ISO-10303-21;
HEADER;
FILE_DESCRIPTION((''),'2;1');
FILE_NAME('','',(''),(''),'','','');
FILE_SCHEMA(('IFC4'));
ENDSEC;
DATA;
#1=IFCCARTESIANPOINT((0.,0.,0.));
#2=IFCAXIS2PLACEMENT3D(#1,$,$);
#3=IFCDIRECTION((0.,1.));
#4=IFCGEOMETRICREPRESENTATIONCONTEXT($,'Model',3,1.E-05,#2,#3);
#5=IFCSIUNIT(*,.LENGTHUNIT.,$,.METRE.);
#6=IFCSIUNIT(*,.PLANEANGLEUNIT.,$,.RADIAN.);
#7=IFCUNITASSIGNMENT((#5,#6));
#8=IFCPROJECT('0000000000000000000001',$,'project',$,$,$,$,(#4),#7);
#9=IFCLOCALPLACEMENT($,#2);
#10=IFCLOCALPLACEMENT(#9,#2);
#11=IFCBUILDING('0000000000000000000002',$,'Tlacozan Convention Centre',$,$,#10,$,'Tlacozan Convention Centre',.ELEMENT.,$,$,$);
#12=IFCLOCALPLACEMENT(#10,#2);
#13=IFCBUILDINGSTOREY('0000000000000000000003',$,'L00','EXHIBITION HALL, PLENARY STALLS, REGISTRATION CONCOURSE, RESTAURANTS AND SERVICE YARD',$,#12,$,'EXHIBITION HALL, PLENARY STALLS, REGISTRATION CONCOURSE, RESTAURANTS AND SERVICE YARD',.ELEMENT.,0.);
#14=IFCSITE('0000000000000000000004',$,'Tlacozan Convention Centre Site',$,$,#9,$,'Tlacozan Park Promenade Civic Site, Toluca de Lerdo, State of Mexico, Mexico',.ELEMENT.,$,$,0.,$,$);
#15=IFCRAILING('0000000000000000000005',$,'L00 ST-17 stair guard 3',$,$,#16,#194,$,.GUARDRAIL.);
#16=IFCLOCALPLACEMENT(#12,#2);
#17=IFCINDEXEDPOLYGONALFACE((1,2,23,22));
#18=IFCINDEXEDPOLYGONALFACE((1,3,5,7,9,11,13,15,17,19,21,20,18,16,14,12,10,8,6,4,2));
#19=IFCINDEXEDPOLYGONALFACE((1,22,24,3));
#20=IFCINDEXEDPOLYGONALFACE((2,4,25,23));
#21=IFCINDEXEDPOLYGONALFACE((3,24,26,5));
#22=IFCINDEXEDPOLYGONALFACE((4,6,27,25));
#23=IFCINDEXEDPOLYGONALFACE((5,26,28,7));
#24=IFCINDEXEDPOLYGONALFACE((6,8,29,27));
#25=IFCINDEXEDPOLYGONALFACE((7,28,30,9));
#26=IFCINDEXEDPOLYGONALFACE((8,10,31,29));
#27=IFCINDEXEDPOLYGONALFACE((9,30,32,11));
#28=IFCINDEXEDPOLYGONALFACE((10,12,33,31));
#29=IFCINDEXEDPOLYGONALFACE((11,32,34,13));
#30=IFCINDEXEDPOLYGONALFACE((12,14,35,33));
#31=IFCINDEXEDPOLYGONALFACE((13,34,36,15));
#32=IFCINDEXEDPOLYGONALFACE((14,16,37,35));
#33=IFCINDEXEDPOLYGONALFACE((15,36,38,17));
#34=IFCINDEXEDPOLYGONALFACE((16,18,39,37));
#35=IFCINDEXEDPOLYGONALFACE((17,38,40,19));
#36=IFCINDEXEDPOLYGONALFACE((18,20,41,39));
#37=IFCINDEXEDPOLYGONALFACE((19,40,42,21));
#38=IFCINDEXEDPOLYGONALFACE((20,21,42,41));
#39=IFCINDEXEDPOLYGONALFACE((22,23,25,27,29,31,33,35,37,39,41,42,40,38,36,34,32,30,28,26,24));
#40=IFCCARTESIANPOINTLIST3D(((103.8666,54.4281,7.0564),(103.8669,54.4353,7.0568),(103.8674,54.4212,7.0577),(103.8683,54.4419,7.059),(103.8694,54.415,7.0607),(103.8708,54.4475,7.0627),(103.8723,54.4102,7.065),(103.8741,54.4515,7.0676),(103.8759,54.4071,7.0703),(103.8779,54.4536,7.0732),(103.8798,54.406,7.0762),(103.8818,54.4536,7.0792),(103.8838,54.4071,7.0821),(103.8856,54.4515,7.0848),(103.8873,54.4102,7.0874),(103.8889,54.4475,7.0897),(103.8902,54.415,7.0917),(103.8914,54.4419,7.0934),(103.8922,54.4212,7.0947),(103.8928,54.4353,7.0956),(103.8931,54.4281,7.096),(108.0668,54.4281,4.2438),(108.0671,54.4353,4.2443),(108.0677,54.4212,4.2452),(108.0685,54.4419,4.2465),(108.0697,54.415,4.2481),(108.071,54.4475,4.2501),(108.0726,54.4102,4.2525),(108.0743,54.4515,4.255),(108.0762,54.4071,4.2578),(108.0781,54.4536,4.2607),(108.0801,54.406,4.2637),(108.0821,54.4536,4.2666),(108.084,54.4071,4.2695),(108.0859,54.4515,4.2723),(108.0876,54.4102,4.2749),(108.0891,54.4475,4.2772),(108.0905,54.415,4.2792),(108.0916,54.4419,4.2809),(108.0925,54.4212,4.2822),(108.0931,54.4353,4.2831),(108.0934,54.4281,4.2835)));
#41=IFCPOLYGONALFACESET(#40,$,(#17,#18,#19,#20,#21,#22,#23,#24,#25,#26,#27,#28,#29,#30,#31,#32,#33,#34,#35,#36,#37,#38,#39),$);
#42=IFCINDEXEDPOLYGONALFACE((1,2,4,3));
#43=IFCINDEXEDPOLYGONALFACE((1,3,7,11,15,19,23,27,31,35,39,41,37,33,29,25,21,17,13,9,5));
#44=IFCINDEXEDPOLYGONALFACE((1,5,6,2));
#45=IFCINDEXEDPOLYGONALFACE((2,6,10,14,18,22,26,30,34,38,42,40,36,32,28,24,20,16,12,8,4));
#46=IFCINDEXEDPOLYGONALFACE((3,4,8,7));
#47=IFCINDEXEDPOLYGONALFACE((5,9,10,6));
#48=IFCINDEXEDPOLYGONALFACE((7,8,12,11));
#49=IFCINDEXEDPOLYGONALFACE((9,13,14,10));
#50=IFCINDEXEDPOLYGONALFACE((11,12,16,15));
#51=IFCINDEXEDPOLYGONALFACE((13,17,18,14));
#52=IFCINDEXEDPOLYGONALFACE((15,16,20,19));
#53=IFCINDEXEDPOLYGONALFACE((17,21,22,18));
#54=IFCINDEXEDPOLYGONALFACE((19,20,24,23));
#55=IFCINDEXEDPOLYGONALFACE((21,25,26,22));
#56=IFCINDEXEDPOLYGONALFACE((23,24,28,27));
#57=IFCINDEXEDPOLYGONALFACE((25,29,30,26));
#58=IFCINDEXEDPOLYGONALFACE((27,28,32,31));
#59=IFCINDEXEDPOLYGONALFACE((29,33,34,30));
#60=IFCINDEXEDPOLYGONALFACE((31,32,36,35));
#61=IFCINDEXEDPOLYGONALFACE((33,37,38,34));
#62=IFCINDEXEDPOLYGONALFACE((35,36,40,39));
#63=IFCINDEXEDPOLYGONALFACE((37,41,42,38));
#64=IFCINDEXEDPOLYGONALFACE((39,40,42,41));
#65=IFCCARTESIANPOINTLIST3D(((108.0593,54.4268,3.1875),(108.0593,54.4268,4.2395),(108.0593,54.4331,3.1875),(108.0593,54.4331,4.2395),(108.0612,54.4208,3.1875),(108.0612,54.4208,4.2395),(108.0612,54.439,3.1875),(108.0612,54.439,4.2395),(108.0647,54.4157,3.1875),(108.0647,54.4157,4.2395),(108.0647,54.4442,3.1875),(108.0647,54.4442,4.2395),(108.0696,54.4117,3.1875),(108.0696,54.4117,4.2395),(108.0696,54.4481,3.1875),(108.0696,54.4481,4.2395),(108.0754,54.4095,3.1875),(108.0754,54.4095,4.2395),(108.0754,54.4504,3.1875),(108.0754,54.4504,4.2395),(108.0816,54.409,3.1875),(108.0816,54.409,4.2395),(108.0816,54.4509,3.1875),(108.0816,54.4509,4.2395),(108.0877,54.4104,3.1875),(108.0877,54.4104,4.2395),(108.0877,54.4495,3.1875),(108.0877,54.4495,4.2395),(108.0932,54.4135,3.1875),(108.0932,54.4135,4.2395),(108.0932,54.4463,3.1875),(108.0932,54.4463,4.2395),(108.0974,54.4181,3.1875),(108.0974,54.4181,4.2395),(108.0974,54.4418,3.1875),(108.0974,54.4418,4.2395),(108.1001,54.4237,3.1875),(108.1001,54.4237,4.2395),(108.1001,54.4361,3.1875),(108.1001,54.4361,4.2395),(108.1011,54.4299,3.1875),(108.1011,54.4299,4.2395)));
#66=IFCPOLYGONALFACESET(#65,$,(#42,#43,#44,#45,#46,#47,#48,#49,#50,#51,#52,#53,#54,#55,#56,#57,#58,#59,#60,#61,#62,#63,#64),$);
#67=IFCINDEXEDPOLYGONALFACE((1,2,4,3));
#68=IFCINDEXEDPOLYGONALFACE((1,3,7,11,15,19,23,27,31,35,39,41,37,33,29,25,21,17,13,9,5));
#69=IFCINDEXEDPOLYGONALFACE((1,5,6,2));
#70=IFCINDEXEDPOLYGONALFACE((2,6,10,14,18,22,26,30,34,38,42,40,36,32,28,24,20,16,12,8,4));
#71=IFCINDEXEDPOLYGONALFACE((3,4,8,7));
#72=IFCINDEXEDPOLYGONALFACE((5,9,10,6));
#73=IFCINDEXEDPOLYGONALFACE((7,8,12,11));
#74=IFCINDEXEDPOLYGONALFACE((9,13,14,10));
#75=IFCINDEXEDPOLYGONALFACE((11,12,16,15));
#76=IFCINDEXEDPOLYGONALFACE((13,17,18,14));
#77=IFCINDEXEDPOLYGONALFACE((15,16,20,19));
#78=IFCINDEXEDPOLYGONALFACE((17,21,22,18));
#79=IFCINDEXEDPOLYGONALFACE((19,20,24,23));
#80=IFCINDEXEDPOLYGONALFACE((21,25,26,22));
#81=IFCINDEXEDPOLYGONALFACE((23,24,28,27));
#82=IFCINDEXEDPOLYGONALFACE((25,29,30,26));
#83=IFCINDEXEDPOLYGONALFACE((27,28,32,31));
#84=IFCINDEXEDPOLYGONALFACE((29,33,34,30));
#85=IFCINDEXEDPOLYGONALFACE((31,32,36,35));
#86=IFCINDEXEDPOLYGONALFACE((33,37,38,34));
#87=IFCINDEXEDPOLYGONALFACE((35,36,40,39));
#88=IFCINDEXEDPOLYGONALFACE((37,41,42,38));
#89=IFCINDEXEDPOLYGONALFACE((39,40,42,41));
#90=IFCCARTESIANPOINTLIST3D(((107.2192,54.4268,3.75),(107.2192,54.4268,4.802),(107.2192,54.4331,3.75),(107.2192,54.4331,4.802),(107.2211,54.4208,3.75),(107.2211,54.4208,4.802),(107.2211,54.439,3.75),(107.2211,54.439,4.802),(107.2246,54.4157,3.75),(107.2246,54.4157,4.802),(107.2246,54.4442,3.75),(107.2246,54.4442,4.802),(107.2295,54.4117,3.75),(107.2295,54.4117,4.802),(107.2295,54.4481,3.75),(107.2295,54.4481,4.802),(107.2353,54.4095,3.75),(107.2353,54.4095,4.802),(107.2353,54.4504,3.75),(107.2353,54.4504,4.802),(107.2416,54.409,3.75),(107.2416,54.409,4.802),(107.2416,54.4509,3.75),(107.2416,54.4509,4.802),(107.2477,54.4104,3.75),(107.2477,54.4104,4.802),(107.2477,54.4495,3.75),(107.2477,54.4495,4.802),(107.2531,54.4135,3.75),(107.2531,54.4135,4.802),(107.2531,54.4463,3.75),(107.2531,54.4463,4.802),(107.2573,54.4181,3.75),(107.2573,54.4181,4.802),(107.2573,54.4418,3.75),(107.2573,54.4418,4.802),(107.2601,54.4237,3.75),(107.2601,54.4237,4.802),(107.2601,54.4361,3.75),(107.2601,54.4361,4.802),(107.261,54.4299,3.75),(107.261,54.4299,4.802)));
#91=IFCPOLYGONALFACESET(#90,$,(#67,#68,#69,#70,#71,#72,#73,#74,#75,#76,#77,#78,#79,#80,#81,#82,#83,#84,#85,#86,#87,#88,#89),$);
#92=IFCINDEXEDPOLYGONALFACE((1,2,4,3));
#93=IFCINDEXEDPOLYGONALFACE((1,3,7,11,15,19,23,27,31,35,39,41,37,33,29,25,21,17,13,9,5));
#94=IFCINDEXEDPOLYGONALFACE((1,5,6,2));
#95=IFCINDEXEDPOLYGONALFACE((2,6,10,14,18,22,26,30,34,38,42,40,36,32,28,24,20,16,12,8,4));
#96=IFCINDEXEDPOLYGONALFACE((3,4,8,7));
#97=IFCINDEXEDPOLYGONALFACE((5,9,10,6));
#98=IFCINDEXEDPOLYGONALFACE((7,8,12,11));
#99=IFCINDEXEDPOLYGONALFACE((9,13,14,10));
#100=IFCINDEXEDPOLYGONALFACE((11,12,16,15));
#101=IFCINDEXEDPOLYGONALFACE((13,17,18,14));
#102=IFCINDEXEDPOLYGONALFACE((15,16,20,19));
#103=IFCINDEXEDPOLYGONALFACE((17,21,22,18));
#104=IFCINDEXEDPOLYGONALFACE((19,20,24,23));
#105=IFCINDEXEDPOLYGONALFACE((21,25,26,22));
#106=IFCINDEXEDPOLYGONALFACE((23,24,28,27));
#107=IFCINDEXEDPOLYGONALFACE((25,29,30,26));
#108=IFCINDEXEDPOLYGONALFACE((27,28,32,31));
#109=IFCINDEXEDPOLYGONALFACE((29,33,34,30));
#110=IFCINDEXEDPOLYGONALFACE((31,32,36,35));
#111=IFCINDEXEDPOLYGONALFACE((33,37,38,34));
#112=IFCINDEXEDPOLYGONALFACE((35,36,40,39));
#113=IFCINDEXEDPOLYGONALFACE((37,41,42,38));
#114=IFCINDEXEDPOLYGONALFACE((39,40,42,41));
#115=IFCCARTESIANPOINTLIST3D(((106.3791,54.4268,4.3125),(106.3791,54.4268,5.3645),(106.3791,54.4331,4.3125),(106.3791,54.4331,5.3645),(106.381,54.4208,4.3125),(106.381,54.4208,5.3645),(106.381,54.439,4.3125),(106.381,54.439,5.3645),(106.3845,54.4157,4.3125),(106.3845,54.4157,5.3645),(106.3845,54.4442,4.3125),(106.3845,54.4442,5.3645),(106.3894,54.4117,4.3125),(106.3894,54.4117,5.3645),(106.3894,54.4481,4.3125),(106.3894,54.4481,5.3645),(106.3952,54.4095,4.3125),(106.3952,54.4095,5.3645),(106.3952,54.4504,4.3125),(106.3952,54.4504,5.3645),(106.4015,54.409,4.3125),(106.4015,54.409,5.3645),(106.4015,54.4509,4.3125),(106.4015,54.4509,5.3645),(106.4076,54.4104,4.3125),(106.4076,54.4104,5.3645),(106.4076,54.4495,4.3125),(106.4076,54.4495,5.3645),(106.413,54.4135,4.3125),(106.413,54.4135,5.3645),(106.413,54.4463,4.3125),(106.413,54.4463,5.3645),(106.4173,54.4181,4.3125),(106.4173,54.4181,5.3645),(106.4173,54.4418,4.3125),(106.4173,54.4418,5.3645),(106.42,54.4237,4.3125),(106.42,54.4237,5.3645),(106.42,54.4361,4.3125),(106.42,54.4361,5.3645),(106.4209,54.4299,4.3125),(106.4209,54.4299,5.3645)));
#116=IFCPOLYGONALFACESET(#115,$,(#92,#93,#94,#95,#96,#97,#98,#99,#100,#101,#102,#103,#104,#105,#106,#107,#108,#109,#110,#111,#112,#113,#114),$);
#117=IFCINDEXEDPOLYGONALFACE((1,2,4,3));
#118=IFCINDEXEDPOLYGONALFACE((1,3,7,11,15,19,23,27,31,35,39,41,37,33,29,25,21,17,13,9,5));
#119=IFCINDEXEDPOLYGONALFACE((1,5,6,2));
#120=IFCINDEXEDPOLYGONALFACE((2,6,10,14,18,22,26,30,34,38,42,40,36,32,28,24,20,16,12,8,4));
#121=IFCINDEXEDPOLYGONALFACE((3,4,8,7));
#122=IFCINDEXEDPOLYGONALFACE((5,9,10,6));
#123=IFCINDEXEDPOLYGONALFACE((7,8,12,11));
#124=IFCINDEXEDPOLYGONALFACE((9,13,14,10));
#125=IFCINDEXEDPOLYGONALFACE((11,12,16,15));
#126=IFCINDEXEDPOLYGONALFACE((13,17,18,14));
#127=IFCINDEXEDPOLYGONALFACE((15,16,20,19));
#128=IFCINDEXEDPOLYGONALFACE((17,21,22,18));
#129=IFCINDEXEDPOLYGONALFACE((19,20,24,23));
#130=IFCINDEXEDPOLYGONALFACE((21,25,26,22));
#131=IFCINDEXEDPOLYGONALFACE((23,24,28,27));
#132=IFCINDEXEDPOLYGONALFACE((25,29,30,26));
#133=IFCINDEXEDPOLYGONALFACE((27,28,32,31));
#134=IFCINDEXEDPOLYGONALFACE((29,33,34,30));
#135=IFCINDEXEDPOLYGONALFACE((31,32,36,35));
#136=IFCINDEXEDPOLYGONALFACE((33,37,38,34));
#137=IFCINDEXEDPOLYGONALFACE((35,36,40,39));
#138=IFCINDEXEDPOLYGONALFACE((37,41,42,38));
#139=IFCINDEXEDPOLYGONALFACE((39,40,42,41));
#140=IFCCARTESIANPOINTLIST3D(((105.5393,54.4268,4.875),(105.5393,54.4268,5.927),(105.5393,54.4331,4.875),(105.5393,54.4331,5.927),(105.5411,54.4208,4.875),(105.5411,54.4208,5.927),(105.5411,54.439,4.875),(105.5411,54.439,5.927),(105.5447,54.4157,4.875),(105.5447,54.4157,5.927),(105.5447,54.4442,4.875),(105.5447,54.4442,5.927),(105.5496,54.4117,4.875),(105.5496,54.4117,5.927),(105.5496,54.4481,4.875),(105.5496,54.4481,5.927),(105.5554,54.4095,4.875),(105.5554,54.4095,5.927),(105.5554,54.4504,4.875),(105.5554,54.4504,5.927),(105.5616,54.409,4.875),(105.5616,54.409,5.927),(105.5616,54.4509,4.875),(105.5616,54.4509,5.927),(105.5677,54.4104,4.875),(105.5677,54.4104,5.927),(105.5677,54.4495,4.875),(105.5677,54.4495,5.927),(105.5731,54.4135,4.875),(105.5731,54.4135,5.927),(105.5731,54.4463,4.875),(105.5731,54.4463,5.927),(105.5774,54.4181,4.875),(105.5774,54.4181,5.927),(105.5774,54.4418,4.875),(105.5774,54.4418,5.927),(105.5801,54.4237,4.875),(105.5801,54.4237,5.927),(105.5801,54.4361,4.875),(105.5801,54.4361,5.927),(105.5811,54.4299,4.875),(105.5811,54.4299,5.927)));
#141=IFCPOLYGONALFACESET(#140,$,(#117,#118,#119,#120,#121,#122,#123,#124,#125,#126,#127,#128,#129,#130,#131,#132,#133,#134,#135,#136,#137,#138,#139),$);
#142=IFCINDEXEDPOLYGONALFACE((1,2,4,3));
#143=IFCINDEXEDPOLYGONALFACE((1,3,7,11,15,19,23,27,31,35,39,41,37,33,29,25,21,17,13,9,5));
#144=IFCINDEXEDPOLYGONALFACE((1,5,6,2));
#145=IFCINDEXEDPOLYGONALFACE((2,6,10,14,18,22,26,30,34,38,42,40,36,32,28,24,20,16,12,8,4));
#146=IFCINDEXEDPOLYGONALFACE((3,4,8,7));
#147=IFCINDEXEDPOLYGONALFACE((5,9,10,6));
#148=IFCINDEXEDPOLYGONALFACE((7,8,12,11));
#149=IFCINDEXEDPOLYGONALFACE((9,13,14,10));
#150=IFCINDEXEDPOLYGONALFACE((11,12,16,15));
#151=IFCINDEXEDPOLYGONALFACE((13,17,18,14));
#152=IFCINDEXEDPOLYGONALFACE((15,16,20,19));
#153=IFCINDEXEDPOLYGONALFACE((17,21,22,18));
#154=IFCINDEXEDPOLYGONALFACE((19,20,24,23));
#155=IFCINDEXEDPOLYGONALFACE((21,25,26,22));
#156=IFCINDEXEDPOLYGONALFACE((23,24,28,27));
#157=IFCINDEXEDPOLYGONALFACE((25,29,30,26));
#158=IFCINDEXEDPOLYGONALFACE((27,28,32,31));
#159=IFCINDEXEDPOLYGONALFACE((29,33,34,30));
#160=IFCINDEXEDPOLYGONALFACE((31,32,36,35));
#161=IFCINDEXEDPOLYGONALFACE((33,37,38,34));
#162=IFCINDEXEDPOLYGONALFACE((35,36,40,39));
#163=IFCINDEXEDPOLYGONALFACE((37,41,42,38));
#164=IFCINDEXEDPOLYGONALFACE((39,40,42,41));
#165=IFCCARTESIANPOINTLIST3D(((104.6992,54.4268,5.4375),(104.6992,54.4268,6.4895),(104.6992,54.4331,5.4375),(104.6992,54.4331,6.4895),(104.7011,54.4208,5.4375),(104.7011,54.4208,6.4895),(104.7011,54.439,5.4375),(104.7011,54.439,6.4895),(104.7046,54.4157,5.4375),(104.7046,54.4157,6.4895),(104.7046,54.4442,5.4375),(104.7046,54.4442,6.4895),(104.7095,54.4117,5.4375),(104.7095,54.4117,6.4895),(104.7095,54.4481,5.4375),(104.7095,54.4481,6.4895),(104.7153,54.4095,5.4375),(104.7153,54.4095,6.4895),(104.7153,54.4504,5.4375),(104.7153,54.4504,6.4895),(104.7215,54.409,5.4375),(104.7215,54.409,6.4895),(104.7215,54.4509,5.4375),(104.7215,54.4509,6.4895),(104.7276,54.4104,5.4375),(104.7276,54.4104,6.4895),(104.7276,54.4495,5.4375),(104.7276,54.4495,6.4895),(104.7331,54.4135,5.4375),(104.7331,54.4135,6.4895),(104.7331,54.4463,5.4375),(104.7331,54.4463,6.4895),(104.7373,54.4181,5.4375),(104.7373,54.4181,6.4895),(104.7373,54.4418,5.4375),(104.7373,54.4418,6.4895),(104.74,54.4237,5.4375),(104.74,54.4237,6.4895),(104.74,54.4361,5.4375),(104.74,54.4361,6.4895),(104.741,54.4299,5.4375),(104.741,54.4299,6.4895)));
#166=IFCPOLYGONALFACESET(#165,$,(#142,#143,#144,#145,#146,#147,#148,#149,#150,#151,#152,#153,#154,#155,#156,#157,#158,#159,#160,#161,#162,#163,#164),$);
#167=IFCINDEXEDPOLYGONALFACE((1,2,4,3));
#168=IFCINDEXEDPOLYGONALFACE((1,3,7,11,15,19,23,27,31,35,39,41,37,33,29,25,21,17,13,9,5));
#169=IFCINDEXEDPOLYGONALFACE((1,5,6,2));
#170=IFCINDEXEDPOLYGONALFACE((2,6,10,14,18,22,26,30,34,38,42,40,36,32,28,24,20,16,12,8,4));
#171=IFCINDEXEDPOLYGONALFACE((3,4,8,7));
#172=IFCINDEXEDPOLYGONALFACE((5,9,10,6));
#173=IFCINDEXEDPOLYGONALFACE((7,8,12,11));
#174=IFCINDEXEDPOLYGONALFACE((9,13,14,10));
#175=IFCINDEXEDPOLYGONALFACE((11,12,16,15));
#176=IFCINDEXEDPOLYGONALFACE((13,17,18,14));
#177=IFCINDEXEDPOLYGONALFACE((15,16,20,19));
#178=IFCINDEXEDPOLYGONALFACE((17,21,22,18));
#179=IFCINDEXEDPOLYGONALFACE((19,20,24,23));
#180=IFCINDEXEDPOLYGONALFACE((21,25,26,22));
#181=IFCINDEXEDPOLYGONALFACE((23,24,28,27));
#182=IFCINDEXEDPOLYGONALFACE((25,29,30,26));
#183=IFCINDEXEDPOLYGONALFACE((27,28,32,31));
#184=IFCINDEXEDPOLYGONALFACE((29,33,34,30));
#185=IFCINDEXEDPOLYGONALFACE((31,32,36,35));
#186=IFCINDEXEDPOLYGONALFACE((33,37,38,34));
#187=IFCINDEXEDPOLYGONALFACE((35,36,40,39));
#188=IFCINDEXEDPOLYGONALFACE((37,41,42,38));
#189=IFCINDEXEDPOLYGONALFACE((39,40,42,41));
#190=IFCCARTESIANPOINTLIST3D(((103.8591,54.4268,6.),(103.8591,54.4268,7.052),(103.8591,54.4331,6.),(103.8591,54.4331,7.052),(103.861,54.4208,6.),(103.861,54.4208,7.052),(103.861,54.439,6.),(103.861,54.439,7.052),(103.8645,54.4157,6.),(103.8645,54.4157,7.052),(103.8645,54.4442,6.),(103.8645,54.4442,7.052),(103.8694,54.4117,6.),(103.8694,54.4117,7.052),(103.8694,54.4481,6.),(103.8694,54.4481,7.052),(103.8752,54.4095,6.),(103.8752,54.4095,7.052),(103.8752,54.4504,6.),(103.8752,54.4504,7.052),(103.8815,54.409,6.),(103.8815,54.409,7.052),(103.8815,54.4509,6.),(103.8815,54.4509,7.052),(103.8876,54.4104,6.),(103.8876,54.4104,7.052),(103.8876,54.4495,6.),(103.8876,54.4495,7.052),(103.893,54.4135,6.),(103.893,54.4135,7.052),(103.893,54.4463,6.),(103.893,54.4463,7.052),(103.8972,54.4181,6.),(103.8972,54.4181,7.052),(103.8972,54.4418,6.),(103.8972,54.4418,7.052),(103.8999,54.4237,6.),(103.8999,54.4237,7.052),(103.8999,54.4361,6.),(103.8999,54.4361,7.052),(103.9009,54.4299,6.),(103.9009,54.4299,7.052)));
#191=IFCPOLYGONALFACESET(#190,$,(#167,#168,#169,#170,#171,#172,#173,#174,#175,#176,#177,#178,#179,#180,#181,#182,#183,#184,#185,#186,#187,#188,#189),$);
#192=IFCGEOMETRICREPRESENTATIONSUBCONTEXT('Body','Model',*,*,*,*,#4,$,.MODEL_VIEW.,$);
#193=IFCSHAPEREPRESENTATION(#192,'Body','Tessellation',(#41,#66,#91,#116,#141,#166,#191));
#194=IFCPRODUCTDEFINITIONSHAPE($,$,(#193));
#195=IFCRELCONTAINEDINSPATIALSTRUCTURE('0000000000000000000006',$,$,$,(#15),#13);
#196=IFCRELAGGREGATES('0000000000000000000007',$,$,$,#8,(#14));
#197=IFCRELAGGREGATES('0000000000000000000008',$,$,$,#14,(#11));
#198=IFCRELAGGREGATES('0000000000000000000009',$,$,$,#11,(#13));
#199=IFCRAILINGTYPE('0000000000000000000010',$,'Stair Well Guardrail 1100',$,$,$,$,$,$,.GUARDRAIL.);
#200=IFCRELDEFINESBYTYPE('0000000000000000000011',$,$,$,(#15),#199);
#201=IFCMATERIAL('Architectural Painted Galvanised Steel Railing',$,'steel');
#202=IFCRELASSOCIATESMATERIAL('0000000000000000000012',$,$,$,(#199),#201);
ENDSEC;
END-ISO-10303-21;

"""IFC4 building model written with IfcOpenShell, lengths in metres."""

from ifc_helpers import new_model, si_unit, direction, frame, origin, origin_2d, place, context, subcontext, project, spatial, circle, extrude, material, type_object, element, save


model = new_model("IFC4")

# Units and contexts
model_context = context("Model", 3, precision=1e-05, world=origin(), true_north=direction((0.0, 1.0)))
body_context = subcontext(model_context, "Body", "Model", "MODEL_VIEW")
ifc_project = project(units=[si_unit("LENGTHUNIT", "METRE"), si_unit("PLANEANGLEUNIT", "RADIAN")], contexts=[model_context])

# Site, building, storey
site_placement = place(None, origin())
site = spatial("IfcSite", under=ifc_project, at=site_placement, Name="Tlacozan Convention Centre Site", LongName="Tlacozan Park Promenade Civic Site, Toluca de Lerdo, State of Mexico, Mexico", CompositionType="ELEMENT", RefElevation=0.0)
building_placement = place(site_placement, origin())
building = spatial("IfcBuilding", under=site, at=building_placement, Name="Tlacozan Convention Centre", LongName="Tlacozan Convention Centre", CompositionType="ELEMENT")
storey_placement = place(building_placement, origin())
storey = spatial("IfcBuildingStorey", under=building, at=storey_placement, Name="L00", Description="EXHIBITION HALL, PLENARY STALLS, REGISTRATION CONCOURSE, RESTAURANTS AND SERVICE YARD", LongName="EXHIBITION HALL, PLENARY STALLS, REGISTRATION CONCOURSE, RESTAURANTS AND SERVICE YARD", CompositionType="ELEMENT", Elevation=0.0)

# Railing
ifc_material_1 = material(Name="Architectural Painted Galvanised Steel Railing", Category="steel")
railing_type_1 = type_object("IfcRailingType", Name="Stair Well Guardrail 1100", PredefinedType="GUARDRAIL", material=ifc_material_1)
railing_1_placement = place(storey_placement, frame((108.0801, 54.4299, 3.1875)))
element("IfcRailing", 1, at=railing_1_placement, inside=storey, type_object=railing_type_1, Name="L00 ST-17 stair guard 3", PredefinedType="GUARDRAIL", context=body_context, shape_type="SweptSolid", body=[
    extrude(circle(Radius=0.0239, at=origin_2d()), frame((0.0, 0.0, 1.0762), z_axis=(-0.830919, 0.0, 0.556393), x_axis=(0.0, -1.0, 0.0)), (0.0, 0.0, 1.0), 5.0549),
    extrude(circle(Radius=0.021, at=origin_2d()), origin(), (0.0, 0.0, 1.0), 1.052),
    extrude(circle(Radius=0.021, at=origin_2d()), frame((-0.8401, 0.0, 0.5625)), (0.0, 0.0, 1.0), 1.052),
    extrude(circle(Radius=0.021, at=origin_2d()), frame((-1.6802, 0.0, 1.125)), (0.0, 0.0, 1.0), 1.052),
    extrude(circle(Radius=0.021, at=origin_2d()), frame((-2.52, 0.0, 1.6875)), (0.0, 0.0, 1.0), 1.052),
    extrude(circle(Radius=0.021, at=origin_2d()), frame((-3.3601, 0.0, 2.25)), (0.0, 0.0, 1.0), 1.052),
    extrude(circle(Radius=0.021, at=origin_2d()), frame((-4.2002, 0.0, 2.8125)), (0.0, 0.0, 1.0), 1.052),
])

save(model, "model.ifc")
